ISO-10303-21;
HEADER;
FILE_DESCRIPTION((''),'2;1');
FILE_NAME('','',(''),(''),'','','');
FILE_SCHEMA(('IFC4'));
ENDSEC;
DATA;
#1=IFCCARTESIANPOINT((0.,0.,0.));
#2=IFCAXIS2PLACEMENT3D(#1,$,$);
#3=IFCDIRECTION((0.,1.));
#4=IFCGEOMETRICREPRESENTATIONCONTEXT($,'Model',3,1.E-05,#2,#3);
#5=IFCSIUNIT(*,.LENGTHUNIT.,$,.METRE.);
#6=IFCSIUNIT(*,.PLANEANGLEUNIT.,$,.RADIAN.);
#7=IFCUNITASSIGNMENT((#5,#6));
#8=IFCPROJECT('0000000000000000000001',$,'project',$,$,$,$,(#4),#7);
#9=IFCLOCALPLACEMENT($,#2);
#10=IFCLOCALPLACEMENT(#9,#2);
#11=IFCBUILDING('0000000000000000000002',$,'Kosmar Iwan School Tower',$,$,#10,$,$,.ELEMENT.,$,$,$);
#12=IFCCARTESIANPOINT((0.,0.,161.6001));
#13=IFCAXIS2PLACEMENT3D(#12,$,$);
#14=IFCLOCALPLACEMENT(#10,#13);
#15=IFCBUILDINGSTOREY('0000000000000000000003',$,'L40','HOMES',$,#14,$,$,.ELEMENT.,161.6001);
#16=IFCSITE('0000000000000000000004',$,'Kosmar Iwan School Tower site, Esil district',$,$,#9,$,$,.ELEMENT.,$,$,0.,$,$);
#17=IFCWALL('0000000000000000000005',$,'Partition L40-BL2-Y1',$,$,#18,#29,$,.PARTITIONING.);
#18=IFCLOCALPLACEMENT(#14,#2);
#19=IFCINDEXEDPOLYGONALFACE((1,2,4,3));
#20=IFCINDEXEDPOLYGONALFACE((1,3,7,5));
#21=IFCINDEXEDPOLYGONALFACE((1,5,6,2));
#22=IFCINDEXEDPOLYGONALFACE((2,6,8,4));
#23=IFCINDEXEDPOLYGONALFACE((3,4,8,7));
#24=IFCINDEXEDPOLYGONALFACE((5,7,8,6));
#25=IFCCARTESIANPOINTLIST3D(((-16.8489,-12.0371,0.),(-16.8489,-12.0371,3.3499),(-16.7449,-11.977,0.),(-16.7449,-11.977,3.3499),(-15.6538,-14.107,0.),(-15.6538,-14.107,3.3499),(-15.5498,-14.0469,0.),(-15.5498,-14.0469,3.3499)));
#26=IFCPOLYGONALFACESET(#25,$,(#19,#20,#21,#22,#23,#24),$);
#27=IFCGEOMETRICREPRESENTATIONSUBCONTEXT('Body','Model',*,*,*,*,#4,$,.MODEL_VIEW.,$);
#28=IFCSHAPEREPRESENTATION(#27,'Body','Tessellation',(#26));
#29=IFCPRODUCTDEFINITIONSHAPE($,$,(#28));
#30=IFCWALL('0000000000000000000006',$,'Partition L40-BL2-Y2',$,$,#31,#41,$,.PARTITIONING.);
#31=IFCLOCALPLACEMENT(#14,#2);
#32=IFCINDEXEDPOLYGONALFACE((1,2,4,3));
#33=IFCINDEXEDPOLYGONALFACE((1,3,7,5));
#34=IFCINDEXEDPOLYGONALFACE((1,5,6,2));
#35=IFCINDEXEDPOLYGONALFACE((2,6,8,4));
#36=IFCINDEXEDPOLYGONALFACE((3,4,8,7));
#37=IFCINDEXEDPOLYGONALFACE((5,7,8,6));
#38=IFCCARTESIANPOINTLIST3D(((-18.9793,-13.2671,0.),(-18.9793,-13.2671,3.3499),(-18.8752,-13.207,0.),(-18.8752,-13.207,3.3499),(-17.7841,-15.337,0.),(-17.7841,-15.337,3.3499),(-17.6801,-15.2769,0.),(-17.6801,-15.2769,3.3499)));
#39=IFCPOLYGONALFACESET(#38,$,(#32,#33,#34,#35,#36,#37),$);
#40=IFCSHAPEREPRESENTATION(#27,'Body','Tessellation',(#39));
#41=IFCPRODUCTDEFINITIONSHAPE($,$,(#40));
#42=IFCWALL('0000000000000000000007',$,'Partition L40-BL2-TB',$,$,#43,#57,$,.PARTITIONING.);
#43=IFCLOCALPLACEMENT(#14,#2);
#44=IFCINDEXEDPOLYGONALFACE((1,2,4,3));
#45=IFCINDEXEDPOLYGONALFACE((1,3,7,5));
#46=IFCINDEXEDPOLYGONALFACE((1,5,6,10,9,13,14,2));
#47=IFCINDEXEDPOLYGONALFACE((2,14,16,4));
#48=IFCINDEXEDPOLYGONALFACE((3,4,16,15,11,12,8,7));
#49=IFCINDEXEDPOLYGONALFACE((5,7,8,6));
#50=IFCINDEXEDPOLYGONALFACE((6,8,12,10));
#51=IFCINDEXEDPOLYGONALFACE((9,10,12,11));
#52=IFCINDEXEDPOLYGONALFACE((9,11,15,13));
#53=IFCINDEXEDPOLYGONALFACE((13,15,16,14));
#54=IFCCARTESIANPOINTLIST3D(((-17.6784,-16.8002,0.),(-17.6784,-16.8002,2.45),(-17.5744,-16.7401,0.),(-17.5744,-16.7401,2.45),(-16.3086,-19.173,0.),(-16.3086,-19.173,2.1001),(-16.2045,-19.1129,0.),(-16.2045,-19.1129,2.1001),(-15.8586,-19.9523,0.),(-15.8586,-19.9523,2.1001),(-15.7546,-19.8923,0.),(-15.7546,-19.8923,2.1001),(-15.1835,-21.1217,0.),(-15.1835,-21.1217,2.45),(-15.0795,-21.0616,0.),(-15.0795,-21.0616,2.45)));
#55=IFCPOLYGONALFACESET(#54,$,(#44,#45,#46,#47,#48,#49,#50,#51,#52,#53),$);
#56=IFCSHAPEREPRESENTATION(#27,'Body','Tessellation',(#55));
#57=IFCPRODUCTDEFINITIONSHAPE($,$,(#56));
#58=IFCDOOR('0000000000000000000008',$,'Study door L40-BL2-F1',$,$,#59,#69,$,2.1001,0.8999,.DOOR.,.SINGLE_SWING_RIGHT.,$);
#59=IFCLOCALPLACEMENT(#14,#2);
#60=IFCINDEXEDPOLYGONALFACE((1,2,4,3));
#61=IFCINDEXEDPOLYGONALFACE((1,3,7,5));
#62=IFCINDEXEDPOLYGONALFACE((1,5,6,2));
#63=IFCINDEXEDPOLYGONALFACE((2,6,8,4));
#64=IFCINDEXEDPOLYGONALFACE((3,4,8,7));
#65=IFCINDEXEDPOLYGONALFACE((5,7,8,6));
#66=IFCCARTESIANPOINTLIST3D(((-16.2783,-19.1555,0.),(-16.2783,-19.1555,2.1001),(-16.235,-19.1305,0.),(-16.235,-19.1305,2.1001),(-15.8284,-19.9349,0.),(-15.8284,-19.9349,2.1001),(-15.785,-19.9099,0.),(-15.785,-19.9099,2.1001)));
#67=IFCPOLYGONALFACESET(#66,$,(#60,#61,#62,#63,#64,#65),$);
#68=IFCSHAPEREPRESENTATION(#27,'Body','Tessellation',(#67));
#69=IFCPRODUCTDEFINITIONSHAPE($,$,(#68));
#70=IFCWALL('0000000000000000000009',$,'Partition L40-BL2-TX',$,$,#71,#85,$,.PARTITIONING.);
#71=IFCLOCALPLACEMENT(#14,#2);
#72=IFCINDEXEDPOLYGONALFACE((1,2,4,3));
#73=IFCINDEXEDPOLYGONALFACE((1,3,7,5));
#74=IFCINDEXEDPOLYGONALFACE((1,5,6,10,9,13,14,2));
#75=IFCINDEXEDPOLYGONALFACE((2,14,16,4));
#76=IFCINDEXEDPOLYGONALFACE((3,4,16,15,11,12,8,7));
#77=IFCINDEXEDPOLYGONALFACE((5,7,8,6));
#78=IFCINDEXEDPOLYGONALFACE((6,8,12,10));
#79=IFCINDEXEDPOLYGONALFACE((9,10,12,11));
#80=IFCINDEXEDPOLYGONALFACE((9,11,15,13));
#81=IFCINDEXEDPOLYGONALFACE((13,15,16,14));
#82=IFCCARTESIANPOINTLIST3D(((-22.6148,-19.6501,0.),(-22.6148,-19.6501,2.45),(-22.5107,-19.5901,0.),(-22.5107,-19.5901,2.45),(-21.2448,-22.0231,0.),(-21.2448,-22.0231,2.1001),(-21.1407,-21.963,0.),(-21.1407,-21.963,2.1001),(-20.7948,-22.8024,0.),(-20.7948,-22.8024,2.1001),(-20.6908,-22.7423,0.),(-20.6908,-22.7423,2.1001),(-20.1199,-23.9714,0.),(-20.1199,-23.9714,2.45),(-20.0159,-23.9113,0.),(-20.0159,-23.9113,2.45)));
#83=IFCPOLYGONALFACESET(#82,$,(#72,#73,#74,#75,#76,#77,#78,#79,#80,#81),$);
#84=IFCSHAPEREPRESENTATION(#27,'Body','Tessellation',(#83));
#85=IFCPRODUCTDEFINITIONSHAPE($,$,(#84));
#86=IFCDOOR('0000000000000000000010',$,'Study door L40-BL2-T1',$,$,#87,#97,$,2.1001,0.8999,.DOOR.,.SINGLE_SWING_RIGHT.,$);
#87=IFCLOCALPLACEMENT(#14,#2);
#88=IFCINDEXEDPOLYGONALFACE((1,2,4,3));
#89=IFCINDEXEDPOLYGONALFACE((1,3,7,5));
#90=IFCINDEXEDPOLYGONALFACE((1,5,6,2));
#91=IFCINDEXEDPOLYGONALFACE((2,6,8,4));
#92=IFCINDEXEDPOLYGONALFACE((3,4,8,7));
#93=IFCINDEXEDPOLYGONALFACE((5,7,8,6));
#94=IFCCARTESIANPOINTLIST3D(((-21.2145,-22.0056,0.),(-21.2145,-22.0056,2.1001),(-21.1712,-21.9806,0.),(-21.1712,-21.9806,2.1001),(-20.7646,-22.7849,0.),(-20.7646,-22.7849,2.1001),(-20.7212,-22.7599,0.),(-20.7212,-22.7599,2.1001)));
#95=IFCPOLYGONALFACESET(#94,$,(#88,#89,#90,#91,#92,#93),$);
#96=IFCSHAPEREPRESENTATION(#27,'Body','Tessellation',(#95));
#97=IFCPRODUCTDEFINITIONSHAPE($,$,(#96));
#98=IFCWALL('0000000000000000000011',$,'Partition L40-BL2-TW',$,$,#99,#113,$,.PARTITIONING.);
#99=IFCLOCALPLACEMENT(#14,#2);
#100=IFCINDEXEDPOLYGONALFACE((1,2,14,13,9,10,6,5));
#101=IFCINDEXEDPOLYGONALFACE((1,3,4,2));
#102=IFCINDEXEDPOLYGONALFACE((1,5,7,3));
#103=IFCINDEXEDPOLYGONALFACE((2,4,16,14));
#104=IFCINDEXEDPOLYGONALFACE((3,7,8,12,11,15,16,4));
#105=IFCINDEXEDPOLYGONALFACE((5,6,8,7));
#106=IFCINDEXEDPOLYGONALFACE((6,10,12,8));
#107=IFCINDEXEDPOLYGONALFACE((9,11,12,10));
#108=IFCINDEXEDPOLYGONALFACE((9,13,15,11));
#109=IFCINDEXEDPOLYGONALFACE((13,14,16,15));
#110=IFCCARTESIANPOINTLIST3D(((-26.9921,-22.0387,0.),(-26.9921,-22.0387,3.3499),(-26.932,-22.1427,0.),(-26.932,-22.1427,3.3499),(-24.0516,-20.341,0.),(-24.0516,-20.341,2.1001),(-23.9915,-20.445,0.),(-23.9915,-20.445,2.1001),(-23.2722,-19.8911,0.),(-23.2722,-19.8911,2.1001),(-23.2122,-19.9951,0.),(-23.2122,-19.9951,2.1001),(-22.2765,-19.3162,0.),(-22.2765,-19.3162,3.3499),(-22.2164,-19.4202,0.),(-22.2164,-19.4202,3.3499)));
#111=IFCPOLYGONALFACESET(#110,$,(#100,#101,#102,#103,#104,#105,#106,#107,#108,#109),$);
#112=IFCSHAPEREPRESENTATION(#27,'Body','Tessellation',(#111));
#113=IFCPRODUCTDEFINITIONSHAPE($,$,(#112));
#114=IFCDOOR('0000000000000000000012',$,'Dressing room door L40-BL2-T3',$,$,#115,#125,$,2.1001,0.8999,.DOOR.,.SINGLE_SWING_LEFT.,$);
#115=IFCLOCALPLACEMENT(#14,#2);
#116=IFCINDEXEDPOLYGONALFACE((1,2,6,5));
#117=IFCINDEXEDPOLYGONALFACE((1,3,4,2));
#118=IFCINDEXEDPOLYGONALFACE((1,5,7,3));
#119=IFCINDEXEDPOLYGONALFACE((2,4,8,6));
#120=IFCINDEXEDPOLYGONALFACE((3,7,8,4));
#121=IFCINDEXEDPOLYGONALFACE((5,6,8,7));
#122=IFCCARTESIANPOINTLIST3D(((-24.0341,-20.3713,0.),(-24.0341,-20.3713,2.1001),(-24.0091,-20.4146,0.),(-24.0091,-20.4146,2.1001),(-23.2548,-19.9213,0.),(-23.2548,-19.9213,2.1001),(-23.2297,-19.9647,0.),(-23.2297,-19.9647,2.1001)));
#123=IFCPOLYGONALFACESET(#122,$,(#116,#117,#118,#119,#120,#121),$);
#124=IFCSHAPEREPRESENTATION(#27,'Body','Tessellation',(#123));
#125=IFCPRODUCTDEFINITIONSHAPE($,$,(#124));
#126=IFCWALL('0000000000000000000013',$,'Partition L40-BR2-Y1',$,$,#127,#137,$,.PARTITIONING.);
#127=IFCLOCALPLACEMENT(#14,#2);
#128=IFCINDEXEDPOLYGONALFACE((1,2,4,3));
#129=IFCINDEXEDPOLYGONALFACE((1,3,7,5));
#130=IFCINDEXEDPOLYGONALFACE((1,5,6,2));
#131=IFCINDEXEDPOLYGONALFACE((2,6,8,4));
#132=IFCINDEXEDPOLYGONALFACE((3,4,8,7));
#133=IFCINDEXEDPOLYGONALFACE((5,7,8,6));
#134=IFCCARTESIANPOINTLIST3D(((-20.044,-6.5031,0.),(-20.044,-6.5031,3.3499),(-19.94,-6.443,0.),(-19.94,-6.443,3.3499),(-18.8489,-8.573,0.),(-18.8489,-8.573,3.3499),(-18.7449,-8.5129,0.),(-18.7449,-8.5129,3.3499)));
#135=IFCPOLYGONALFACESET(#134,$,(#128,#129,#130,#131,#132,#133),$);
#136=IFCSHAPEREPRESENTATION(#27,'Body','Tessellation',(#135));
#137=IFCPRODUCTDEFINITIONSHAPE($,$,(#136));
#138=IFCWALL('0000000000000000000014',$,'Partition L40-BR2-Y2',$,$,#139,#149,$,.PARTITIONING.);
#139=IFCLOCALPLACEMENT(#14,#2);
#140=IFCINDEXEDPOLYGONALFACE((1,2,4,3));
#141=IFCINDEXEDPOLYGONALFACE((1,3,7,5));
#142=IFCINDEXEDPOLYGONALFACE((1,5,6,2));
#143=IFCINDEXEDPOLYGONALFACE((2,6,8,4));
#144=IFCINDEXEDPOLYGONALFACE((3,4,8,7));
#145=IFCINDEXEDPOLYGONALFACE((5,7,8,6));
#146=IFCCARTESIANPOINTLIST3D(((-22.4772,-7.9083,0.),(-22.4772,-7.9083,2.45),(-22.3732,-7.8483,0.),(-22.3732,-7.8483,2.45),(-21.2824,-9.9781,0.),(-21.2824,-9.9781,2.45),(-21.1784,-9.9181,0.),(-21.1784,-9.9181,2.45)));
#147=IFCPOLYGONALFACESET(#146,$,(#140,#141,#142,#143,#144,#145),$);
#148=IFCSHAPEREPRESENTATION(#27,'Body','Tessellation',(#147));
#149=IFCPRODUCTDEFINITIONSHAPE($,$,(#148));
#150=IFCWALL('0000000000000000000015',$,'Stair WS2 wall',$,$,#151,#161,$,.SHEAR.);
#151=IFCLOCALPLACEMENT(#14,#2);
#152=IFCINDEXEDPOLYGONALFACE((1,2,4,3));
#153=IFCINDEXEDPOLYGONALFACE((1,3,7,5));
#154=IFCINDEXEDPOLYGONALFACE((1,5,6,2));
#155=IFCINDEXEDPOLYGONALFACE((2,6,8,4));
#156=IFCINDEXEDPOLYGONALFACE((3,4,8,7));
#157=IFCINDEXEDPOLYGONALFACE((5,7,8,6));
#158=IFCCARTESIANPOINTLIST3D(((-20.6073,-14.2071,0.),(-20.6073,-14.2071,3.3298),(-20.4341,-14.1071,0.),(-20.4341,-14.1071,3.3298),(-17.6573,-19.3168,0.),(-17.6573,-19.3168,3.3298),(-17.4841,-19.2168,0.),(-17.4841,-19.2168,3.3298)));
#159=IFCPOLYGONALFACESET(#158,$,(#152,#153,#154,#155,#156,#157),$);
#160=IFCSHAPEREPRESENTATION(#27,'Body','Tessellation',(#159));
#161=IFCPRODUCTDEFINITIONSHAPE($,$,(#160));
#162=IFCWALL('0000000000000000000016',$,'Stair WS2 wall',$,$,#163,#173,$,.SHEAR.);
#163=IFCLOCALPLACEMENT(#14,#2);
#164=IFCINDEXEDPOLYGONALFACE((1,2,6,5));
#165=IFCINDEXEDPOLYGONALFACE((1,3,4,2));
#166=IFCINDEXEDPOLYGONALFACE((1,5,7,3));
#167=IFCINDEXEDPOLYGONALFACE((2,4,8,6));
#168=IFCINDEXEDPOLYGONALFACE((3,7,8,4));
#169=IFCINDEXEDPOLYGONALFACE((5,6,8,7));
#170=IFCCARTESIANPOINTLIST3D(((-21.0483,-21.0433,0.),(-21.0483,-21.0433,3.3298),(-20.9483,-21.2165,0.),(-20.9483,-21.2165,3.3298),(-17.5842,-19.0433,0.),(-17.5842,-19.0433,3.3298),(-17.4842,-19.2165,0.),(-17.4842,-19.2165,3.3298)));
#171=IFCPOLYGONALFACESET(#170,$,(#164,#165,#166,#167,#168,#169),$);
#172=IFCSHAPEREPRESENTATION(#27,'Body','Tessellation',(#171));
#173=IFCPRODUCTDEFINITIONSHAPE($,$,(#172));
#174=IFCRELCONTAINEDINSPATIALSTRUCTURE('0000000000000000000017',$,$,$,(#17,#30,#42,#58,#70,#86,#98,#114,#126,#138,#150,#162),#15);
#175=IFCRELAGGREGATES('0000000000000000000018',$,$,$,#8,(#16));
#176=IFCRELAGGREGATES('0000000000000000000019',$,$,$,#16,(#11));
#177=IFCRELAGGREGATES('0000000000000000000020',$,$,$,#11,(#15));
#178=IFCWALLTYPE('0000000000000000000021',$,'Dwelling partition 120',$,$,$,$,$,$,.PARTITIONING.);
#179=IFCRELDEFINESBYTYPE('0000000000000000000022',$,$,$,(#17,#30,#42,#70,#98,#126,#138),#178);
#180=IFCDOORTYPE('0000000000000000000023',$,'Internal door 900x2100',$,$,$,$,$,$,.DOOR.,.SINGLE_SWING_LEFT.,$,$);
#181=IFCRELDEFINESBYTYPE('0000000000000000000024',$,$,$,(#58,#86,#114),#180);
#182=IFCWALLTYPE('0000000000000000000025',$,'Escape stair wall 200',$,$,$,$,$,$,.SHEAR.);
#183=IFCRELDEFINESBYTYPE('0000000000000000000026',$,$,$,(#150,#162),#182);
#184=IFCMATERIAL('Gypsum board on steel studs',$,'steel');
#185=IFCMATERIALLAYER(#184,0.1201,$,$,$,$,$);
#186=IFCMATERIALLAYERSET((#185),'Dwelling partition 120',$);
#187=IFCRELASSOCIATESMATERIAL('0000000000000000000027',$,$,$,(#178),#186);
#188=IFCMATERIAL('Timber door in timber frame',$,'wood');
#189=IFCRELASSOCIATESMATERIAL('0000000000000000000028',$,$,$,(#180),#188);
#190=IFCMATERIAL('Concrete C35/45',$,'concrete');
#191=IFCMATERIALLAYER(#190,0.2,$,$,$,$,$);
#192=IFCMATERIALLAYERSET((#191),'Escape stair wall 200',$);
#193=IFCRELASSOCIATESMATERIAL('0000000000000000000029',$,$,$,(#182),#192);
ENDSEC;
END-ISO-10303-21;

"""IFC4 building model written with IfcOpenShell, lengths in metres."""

from ifc_helpers import new_model, si_unit, direction, frame, frame_2d, origin, place, context, subcontext, project, spatial, rectangle, extrude, material, layer, layer_set, type_object, element, fill, save


model = new_model("IFC4")

# Units and contexts
model_context = context("Model", 3, precision=1e-05, world=origin(), true_north=direction((0.0, 1.0)))
body_context = subcontext(model_context, "Body", "Model", "MODEL_VIEW")
ifc_project = project(units=[si_unit("LENGTHUNIT", "METRE"), si_unit("PLANEANGLEUNIT", "RADIAN")], contexts=[model_context])

# Site, building, storey
site_placement = place(None, origin())
site = spatial("IfcSite", under=ifc_project, at=site_placement, Name="Kosmar Iwan School Tower site, Esil district", CompositionType="ELEMENT", RefElevation=0.0)
building_placement = place(site_placement, origin())
building = spatial("IfcBuilding", under=site, at=building_placement, Name="Kosmar Iwan School Tower", CompositionType="ELEMENT")
storey_placement = place(building_placement, frame((0.0, 0.0, 161.6001)))
storey = spatial("IfcBuildingStorey", under=building, at=storey_placement, Name="L40", Description="HOMES", CompositionType="ELEMENT", Elevation=161.6001)

# Walls
ifc_material_1 = material(Name="Gypsum board on steel studs", Category="steel")
ifc_layer_1 = layer(ifc_material_1, 0.1201)
ifc_layer_set_1 = layer_set([ifc_layer_1], Name="Dwelling partition 120")
wall_type_1 = type_object("IfcWallType", Name="Dwelling partition 120", PredefinedType="PARTITIONING", material=ifc_layer_set_1)
for number, where, z_axis, x_axis, name in (
    (1, (-16.7969, -12.0071, 0.0), (0.0, 0.0, 1.0), (0.500017, -0.866015, 0.0), "Partition L40-BL2-Y1"),
    (2, (-18.9272, -13.2371, 0.0), (0.0, 0.0, 1.0), (0.500017, -0.866015, 0.0), "Partition L40-BL2-Y2"),
):
    element("IfcWall", number, at=place(storey_placement, frame(where, z_axis=z_axis, x_axis=x_axis)), inside=storey, type_object=wall_type_1, Name=name, PredefinedType="PARTITIONING", context=body_context, shape_type="SweptSolid", body=[
        extrude(rectangle(XDim=2.3901, YDim=0.1201, at=frame_2d((1.1951, 0.0))), origin(), (0.0, 0.0, 1.0), 3.3499),
    ])

# Walls, openings, doors
wall_1_placement = place(storey_placement, frame((-17.6265, -16.77, 0.0), z_axis=(0.0, 0.0, 1.0), x_axis=(0.499975, -0.86604, 0.0)))
wall_1 = element("IfcWall", 3, at=wall_1_placement, inside=storey, type_object=wall_type_1, Name="Partition L40-BL2-TB", PredefinedType="PARTITIONING", context=body_context, shape_type="SweptSolid", body=[
    extrude(rectangle(XDim=4.99, YDim=0.1201, at=frame_2d((2.4951, 0.0))), origin(), (0.0, 0.0, 1.0), 2.45),
])
opening_1_placement = place(wall_1_placement, frame((2.74, 0.0, 0.0)))
opening_1 = element("IfcOpeningElement", 4, at=opening_1_placement, cuts=wall_1, PredefinedType="OPENING", context=body_context, shape_type="SweptSolid", body=[
    extrude(rectangle(XDim=0.8999, YDim=2.1001, at=frame_2d((0.45, 1.05))), frame((0.0, 0.072, 0.0), z_axis=(0.0, -1.0, 0.0), x_axis=(1.0, 0.0, 0.0)), (0.0, 0.0, 1.0), 0.144),
])
ifc_material_2 = material(Name="Timber door in timber frame", Category="wood")
door_type_1 = type_object("IfcDoorType", Name="Internal door 900x2100", OperationType="SINGLE_SWING_LEFT", PredefinedType="DOOR", material=ifc_material_2)
door_1_placement = place(opening_1_placement, origin())
door_1 = element("IfcDoor", 5, at=door_1_placement, inside=storey, type_object=door_type_1, Name="Study door L40-BL2-F1", OperationType="SINGLE_SWING_RIGHT", OverallHeight=2.1001, OverallWidth=0.8999, PredefinedType="DOOR", context=body_context, shape_type="SweptSolid", body=[
    extrude(rectangle(XDim=0.8999, YDim=2.1001, at=frame_2d((0.45, 1.05))), frame((0.0, 0.0249, 0.0), z_axis=(0.0, -1.0, 0.0), x_axis=(1.0, 0.0, 0.0)), (0.0, 0.0, 1.0), 0.05),
])
fill(opening_1, door_1)
wall_2_placement = place(storey_placement, frame((-22.5627, -19.6201, 0.0), z_axis=(0.0, 0.0, 1.0), x_axis=(0.499996, -0.866028, 0.0)))
wall_2 = element("IfcWall", 6, at=wall_2_placement, inside=storey, type_object=wall_type_1, Name="Partition L40-BL2-TX", PredefinedType="PARTITIONING", context=body_context, shape_type="SweptSolid", body=[
    extrude(rectangle(XDim=4.9897, YDim=0.1201, at=frame_2d((2.4949, 0.0))), origin(), (0.0, 0.0, 1.0), 2.45),
])
opening_2_placement = place(wall_2_placement, frame((2.74, 0.0, 0.0)))
opening_2 = element("IfcOpeningElement", 7, at=opening_2_placement, cuts=wall_2, PredefinedType="OPENING", context=body_context, shape_type="SweptSolid", body=[
    extrude(rectangle(XDim=0.8999, YDim=2.1001, at=frame_2d((0.45, 1.05))), frame((0.0, 0.072, 0.0), z_axis=(0.0, -1.0, 0.0), x_axis=(1.0, 0.0, 0.0)), (0.0, 0.0, 1.0), 0.144),
])
door_2_placement = place(opening_2_placement, origin())
door_2 = element("IfcDoor", 8, at=door_2_placement, inside=storey, type_object=door_type_1, Name="Study door L40-BL2-T1", OperationType="SINGLE_SWING_RIGHT", OverallHeight=2.1001, OverallWidth=0.8999, PredefinedType="DOOR", context=body_context, shape_type="SweptSolid", body=[
    extrude(rectangle(XDim=0.8999, YDim=2.1001, at=frame_2d((0.45, 1.05))), frame((0.0, 0.0249, 0.0), z_axis=(0.0, -1.0, 0.0), x_axis=(1.0, 0.0, 0.0)), (0.0, 0.0, 1.0), 0.05),
])
fill(opening_2, door_2)
wall_3_placement = place(storey_placement, frame((-22.2463, -19.3682, 0.0), z_axis=(0.0, 0.0, 1.0), x_axis=(-0.866036, -0.499982, 0.0)))
wall_3 = element("IfcWall", 9, at=wall_3_placement, inside=storey, type_object=wall_type_1, Name="Partition L40-BL2-TW", PredefinedType="PARTITIONING", context=body_context, shape_type="SweptSolid", body=[
    extrude(rectangle(XDim=5.4451, YDim=0.1201, at=frame_2d((2.7227, 0.0))), origin(), (0.0, 0.0, 1.0), 3.3499),
])
opening_3_placement = place(wall_3_placement, frame((1.1499, 0.0, 0.0)))
opening_3 = element("IfcOpeningElement", 10, at=opening_3_placement, cuts=wall_3, PredefinedType="OPENING", context=body_context, shape_type="SweptSolid", body=[
    extrude(rectangle(XDim=0.8999, YDim=2.1001, at=frame_2d((0.45, 1.05))), frame((0.0, 0.072, 0.0), z_axis=(0.0, -1.0, 0.0), x_axis=(1.0, 0.0, 0.0)), (0.0, 0.0, 1.0), 0.144),
])
door_3_placement = place(opening_3_placement, origin())
door_3 = element("IfcDoor", 11, at=door_3_placement, inside=storey, type_object=door_type_1, Name="Dressing room door L40-BL2-T3", OperationType="SINGLE_SWING_LEFT", OverallHeight=2.1001, OverallWidth=0.8999, PredefinedType="DOOR", context=body_context, shape_type="SweptSolid", body=[
    extrude(rectangle(XDim=0.8999, YDim=2.1001, at=frame_2d((0.45, 1.05))), frame((0.0, 0.0249, 0.0), z_axis=(0.0, -1.0, 0.0), x_axis=(1.0, 0.0, 0.0)), (0.0, 0.0, 1.0), 0.05),
])
fill(opening_3, door_3)

# Walls
wall_4_placement = place(storey_placement, frame((-18.7969, -8.543, 0.0), z_axis=(0.0, 0.0, 1.0), x_axis=(-0.500017, 0.866015, 0.0)))
element("IfcWall", 12, at=wall_4_placement, inside=storey, type_object=wall_type_1, Name="Partition L40-BR2-Y1", PredefinedType="PARTITIONING", context=body_context, shape_type="SweptSolid", body=[
    extrude(rectangle(XDim=2.3901, YDim=0.1201, at=frame_2d((1.1951, 0.0))), origin(), (0.0, 0.0, 1.0), 3.3499),
])
wall_5_placement = place(storey_placement, frame((-21.2305, -9.948, 0.0), z_axis=(0.0, 0.0, 1.0), x_axis=(-0.499941, 0.86606, 0.0)))
element("IfcWall", 13, at=wall_5_placement, inside=storey, type_object=wall_type_1, Name="Partition L40-BR2-Y2", PredefinedType="PARTITIONING", context=body_context, shape_type="SweptSolid", body=[
    extrude(rectangle(XDim=2.3899, YDim=0.1201, at=frame_2d((1.1948, 0.0))), origin(), (0.0, 0.0, 1.0), 2.45),
])
ifc_material_3 = material(Name="Concrete C35/45", Category="concrete")
ifc_layer_2 = layer(ifc_material_3, 0.2)
ifc_layer_set_2 = layer_set([ifc_layer_2], Name="Escape stair wall 200")
wall_type_2 = type_object("IfcWallType", Name="Escape stair wall 200", PredefinedType="SHEAR", material=ifc_layer_set_2)
wall_6_placement = place(storey_placement, frame((-20.5208, -14.157, 0.0), z_axis=(0.0, 0.0, 1.0), x_axis=(0.499989, -0.866032, 0.0)))
element("IfcWall", 14, at=wall_6_placement, inside=storey, type_object=wall_type_2, Name="Stair WS2 wall", PredefinedType="SHEAR", context=body_context, shape_type="SweptSolid", body=[
    extrude(rectangle(XDim=5.9001, YDim=0.2, at=frame_2d((2.9502, 0.0))), origin(), (0.0, 0.0, 1.0), 3.3298),
])
wall_7_placement = place(storey_placement, frame((-17.5342, -19.1299, 0.0), z_axis=(0.0, 0.0, 1.0), x_axis=(-0.866026, -0.499999, 0.0)))
element("IfcWall", 15, at=wall_7_placement, inside=storey, type_object=wall_type_2, Name="Stair WS2 wall", PredefinedType="SHEAR", context=body_context, shape_type="SweptSolid", body=[
    extrude(rectangle(XDim=4.0, YDim=0.2, at=frame_2d((2.0, 0.0))), origin(), (0.0, 0.0, 1.0), 3.3298),
])

save(model, "model.ifc")
